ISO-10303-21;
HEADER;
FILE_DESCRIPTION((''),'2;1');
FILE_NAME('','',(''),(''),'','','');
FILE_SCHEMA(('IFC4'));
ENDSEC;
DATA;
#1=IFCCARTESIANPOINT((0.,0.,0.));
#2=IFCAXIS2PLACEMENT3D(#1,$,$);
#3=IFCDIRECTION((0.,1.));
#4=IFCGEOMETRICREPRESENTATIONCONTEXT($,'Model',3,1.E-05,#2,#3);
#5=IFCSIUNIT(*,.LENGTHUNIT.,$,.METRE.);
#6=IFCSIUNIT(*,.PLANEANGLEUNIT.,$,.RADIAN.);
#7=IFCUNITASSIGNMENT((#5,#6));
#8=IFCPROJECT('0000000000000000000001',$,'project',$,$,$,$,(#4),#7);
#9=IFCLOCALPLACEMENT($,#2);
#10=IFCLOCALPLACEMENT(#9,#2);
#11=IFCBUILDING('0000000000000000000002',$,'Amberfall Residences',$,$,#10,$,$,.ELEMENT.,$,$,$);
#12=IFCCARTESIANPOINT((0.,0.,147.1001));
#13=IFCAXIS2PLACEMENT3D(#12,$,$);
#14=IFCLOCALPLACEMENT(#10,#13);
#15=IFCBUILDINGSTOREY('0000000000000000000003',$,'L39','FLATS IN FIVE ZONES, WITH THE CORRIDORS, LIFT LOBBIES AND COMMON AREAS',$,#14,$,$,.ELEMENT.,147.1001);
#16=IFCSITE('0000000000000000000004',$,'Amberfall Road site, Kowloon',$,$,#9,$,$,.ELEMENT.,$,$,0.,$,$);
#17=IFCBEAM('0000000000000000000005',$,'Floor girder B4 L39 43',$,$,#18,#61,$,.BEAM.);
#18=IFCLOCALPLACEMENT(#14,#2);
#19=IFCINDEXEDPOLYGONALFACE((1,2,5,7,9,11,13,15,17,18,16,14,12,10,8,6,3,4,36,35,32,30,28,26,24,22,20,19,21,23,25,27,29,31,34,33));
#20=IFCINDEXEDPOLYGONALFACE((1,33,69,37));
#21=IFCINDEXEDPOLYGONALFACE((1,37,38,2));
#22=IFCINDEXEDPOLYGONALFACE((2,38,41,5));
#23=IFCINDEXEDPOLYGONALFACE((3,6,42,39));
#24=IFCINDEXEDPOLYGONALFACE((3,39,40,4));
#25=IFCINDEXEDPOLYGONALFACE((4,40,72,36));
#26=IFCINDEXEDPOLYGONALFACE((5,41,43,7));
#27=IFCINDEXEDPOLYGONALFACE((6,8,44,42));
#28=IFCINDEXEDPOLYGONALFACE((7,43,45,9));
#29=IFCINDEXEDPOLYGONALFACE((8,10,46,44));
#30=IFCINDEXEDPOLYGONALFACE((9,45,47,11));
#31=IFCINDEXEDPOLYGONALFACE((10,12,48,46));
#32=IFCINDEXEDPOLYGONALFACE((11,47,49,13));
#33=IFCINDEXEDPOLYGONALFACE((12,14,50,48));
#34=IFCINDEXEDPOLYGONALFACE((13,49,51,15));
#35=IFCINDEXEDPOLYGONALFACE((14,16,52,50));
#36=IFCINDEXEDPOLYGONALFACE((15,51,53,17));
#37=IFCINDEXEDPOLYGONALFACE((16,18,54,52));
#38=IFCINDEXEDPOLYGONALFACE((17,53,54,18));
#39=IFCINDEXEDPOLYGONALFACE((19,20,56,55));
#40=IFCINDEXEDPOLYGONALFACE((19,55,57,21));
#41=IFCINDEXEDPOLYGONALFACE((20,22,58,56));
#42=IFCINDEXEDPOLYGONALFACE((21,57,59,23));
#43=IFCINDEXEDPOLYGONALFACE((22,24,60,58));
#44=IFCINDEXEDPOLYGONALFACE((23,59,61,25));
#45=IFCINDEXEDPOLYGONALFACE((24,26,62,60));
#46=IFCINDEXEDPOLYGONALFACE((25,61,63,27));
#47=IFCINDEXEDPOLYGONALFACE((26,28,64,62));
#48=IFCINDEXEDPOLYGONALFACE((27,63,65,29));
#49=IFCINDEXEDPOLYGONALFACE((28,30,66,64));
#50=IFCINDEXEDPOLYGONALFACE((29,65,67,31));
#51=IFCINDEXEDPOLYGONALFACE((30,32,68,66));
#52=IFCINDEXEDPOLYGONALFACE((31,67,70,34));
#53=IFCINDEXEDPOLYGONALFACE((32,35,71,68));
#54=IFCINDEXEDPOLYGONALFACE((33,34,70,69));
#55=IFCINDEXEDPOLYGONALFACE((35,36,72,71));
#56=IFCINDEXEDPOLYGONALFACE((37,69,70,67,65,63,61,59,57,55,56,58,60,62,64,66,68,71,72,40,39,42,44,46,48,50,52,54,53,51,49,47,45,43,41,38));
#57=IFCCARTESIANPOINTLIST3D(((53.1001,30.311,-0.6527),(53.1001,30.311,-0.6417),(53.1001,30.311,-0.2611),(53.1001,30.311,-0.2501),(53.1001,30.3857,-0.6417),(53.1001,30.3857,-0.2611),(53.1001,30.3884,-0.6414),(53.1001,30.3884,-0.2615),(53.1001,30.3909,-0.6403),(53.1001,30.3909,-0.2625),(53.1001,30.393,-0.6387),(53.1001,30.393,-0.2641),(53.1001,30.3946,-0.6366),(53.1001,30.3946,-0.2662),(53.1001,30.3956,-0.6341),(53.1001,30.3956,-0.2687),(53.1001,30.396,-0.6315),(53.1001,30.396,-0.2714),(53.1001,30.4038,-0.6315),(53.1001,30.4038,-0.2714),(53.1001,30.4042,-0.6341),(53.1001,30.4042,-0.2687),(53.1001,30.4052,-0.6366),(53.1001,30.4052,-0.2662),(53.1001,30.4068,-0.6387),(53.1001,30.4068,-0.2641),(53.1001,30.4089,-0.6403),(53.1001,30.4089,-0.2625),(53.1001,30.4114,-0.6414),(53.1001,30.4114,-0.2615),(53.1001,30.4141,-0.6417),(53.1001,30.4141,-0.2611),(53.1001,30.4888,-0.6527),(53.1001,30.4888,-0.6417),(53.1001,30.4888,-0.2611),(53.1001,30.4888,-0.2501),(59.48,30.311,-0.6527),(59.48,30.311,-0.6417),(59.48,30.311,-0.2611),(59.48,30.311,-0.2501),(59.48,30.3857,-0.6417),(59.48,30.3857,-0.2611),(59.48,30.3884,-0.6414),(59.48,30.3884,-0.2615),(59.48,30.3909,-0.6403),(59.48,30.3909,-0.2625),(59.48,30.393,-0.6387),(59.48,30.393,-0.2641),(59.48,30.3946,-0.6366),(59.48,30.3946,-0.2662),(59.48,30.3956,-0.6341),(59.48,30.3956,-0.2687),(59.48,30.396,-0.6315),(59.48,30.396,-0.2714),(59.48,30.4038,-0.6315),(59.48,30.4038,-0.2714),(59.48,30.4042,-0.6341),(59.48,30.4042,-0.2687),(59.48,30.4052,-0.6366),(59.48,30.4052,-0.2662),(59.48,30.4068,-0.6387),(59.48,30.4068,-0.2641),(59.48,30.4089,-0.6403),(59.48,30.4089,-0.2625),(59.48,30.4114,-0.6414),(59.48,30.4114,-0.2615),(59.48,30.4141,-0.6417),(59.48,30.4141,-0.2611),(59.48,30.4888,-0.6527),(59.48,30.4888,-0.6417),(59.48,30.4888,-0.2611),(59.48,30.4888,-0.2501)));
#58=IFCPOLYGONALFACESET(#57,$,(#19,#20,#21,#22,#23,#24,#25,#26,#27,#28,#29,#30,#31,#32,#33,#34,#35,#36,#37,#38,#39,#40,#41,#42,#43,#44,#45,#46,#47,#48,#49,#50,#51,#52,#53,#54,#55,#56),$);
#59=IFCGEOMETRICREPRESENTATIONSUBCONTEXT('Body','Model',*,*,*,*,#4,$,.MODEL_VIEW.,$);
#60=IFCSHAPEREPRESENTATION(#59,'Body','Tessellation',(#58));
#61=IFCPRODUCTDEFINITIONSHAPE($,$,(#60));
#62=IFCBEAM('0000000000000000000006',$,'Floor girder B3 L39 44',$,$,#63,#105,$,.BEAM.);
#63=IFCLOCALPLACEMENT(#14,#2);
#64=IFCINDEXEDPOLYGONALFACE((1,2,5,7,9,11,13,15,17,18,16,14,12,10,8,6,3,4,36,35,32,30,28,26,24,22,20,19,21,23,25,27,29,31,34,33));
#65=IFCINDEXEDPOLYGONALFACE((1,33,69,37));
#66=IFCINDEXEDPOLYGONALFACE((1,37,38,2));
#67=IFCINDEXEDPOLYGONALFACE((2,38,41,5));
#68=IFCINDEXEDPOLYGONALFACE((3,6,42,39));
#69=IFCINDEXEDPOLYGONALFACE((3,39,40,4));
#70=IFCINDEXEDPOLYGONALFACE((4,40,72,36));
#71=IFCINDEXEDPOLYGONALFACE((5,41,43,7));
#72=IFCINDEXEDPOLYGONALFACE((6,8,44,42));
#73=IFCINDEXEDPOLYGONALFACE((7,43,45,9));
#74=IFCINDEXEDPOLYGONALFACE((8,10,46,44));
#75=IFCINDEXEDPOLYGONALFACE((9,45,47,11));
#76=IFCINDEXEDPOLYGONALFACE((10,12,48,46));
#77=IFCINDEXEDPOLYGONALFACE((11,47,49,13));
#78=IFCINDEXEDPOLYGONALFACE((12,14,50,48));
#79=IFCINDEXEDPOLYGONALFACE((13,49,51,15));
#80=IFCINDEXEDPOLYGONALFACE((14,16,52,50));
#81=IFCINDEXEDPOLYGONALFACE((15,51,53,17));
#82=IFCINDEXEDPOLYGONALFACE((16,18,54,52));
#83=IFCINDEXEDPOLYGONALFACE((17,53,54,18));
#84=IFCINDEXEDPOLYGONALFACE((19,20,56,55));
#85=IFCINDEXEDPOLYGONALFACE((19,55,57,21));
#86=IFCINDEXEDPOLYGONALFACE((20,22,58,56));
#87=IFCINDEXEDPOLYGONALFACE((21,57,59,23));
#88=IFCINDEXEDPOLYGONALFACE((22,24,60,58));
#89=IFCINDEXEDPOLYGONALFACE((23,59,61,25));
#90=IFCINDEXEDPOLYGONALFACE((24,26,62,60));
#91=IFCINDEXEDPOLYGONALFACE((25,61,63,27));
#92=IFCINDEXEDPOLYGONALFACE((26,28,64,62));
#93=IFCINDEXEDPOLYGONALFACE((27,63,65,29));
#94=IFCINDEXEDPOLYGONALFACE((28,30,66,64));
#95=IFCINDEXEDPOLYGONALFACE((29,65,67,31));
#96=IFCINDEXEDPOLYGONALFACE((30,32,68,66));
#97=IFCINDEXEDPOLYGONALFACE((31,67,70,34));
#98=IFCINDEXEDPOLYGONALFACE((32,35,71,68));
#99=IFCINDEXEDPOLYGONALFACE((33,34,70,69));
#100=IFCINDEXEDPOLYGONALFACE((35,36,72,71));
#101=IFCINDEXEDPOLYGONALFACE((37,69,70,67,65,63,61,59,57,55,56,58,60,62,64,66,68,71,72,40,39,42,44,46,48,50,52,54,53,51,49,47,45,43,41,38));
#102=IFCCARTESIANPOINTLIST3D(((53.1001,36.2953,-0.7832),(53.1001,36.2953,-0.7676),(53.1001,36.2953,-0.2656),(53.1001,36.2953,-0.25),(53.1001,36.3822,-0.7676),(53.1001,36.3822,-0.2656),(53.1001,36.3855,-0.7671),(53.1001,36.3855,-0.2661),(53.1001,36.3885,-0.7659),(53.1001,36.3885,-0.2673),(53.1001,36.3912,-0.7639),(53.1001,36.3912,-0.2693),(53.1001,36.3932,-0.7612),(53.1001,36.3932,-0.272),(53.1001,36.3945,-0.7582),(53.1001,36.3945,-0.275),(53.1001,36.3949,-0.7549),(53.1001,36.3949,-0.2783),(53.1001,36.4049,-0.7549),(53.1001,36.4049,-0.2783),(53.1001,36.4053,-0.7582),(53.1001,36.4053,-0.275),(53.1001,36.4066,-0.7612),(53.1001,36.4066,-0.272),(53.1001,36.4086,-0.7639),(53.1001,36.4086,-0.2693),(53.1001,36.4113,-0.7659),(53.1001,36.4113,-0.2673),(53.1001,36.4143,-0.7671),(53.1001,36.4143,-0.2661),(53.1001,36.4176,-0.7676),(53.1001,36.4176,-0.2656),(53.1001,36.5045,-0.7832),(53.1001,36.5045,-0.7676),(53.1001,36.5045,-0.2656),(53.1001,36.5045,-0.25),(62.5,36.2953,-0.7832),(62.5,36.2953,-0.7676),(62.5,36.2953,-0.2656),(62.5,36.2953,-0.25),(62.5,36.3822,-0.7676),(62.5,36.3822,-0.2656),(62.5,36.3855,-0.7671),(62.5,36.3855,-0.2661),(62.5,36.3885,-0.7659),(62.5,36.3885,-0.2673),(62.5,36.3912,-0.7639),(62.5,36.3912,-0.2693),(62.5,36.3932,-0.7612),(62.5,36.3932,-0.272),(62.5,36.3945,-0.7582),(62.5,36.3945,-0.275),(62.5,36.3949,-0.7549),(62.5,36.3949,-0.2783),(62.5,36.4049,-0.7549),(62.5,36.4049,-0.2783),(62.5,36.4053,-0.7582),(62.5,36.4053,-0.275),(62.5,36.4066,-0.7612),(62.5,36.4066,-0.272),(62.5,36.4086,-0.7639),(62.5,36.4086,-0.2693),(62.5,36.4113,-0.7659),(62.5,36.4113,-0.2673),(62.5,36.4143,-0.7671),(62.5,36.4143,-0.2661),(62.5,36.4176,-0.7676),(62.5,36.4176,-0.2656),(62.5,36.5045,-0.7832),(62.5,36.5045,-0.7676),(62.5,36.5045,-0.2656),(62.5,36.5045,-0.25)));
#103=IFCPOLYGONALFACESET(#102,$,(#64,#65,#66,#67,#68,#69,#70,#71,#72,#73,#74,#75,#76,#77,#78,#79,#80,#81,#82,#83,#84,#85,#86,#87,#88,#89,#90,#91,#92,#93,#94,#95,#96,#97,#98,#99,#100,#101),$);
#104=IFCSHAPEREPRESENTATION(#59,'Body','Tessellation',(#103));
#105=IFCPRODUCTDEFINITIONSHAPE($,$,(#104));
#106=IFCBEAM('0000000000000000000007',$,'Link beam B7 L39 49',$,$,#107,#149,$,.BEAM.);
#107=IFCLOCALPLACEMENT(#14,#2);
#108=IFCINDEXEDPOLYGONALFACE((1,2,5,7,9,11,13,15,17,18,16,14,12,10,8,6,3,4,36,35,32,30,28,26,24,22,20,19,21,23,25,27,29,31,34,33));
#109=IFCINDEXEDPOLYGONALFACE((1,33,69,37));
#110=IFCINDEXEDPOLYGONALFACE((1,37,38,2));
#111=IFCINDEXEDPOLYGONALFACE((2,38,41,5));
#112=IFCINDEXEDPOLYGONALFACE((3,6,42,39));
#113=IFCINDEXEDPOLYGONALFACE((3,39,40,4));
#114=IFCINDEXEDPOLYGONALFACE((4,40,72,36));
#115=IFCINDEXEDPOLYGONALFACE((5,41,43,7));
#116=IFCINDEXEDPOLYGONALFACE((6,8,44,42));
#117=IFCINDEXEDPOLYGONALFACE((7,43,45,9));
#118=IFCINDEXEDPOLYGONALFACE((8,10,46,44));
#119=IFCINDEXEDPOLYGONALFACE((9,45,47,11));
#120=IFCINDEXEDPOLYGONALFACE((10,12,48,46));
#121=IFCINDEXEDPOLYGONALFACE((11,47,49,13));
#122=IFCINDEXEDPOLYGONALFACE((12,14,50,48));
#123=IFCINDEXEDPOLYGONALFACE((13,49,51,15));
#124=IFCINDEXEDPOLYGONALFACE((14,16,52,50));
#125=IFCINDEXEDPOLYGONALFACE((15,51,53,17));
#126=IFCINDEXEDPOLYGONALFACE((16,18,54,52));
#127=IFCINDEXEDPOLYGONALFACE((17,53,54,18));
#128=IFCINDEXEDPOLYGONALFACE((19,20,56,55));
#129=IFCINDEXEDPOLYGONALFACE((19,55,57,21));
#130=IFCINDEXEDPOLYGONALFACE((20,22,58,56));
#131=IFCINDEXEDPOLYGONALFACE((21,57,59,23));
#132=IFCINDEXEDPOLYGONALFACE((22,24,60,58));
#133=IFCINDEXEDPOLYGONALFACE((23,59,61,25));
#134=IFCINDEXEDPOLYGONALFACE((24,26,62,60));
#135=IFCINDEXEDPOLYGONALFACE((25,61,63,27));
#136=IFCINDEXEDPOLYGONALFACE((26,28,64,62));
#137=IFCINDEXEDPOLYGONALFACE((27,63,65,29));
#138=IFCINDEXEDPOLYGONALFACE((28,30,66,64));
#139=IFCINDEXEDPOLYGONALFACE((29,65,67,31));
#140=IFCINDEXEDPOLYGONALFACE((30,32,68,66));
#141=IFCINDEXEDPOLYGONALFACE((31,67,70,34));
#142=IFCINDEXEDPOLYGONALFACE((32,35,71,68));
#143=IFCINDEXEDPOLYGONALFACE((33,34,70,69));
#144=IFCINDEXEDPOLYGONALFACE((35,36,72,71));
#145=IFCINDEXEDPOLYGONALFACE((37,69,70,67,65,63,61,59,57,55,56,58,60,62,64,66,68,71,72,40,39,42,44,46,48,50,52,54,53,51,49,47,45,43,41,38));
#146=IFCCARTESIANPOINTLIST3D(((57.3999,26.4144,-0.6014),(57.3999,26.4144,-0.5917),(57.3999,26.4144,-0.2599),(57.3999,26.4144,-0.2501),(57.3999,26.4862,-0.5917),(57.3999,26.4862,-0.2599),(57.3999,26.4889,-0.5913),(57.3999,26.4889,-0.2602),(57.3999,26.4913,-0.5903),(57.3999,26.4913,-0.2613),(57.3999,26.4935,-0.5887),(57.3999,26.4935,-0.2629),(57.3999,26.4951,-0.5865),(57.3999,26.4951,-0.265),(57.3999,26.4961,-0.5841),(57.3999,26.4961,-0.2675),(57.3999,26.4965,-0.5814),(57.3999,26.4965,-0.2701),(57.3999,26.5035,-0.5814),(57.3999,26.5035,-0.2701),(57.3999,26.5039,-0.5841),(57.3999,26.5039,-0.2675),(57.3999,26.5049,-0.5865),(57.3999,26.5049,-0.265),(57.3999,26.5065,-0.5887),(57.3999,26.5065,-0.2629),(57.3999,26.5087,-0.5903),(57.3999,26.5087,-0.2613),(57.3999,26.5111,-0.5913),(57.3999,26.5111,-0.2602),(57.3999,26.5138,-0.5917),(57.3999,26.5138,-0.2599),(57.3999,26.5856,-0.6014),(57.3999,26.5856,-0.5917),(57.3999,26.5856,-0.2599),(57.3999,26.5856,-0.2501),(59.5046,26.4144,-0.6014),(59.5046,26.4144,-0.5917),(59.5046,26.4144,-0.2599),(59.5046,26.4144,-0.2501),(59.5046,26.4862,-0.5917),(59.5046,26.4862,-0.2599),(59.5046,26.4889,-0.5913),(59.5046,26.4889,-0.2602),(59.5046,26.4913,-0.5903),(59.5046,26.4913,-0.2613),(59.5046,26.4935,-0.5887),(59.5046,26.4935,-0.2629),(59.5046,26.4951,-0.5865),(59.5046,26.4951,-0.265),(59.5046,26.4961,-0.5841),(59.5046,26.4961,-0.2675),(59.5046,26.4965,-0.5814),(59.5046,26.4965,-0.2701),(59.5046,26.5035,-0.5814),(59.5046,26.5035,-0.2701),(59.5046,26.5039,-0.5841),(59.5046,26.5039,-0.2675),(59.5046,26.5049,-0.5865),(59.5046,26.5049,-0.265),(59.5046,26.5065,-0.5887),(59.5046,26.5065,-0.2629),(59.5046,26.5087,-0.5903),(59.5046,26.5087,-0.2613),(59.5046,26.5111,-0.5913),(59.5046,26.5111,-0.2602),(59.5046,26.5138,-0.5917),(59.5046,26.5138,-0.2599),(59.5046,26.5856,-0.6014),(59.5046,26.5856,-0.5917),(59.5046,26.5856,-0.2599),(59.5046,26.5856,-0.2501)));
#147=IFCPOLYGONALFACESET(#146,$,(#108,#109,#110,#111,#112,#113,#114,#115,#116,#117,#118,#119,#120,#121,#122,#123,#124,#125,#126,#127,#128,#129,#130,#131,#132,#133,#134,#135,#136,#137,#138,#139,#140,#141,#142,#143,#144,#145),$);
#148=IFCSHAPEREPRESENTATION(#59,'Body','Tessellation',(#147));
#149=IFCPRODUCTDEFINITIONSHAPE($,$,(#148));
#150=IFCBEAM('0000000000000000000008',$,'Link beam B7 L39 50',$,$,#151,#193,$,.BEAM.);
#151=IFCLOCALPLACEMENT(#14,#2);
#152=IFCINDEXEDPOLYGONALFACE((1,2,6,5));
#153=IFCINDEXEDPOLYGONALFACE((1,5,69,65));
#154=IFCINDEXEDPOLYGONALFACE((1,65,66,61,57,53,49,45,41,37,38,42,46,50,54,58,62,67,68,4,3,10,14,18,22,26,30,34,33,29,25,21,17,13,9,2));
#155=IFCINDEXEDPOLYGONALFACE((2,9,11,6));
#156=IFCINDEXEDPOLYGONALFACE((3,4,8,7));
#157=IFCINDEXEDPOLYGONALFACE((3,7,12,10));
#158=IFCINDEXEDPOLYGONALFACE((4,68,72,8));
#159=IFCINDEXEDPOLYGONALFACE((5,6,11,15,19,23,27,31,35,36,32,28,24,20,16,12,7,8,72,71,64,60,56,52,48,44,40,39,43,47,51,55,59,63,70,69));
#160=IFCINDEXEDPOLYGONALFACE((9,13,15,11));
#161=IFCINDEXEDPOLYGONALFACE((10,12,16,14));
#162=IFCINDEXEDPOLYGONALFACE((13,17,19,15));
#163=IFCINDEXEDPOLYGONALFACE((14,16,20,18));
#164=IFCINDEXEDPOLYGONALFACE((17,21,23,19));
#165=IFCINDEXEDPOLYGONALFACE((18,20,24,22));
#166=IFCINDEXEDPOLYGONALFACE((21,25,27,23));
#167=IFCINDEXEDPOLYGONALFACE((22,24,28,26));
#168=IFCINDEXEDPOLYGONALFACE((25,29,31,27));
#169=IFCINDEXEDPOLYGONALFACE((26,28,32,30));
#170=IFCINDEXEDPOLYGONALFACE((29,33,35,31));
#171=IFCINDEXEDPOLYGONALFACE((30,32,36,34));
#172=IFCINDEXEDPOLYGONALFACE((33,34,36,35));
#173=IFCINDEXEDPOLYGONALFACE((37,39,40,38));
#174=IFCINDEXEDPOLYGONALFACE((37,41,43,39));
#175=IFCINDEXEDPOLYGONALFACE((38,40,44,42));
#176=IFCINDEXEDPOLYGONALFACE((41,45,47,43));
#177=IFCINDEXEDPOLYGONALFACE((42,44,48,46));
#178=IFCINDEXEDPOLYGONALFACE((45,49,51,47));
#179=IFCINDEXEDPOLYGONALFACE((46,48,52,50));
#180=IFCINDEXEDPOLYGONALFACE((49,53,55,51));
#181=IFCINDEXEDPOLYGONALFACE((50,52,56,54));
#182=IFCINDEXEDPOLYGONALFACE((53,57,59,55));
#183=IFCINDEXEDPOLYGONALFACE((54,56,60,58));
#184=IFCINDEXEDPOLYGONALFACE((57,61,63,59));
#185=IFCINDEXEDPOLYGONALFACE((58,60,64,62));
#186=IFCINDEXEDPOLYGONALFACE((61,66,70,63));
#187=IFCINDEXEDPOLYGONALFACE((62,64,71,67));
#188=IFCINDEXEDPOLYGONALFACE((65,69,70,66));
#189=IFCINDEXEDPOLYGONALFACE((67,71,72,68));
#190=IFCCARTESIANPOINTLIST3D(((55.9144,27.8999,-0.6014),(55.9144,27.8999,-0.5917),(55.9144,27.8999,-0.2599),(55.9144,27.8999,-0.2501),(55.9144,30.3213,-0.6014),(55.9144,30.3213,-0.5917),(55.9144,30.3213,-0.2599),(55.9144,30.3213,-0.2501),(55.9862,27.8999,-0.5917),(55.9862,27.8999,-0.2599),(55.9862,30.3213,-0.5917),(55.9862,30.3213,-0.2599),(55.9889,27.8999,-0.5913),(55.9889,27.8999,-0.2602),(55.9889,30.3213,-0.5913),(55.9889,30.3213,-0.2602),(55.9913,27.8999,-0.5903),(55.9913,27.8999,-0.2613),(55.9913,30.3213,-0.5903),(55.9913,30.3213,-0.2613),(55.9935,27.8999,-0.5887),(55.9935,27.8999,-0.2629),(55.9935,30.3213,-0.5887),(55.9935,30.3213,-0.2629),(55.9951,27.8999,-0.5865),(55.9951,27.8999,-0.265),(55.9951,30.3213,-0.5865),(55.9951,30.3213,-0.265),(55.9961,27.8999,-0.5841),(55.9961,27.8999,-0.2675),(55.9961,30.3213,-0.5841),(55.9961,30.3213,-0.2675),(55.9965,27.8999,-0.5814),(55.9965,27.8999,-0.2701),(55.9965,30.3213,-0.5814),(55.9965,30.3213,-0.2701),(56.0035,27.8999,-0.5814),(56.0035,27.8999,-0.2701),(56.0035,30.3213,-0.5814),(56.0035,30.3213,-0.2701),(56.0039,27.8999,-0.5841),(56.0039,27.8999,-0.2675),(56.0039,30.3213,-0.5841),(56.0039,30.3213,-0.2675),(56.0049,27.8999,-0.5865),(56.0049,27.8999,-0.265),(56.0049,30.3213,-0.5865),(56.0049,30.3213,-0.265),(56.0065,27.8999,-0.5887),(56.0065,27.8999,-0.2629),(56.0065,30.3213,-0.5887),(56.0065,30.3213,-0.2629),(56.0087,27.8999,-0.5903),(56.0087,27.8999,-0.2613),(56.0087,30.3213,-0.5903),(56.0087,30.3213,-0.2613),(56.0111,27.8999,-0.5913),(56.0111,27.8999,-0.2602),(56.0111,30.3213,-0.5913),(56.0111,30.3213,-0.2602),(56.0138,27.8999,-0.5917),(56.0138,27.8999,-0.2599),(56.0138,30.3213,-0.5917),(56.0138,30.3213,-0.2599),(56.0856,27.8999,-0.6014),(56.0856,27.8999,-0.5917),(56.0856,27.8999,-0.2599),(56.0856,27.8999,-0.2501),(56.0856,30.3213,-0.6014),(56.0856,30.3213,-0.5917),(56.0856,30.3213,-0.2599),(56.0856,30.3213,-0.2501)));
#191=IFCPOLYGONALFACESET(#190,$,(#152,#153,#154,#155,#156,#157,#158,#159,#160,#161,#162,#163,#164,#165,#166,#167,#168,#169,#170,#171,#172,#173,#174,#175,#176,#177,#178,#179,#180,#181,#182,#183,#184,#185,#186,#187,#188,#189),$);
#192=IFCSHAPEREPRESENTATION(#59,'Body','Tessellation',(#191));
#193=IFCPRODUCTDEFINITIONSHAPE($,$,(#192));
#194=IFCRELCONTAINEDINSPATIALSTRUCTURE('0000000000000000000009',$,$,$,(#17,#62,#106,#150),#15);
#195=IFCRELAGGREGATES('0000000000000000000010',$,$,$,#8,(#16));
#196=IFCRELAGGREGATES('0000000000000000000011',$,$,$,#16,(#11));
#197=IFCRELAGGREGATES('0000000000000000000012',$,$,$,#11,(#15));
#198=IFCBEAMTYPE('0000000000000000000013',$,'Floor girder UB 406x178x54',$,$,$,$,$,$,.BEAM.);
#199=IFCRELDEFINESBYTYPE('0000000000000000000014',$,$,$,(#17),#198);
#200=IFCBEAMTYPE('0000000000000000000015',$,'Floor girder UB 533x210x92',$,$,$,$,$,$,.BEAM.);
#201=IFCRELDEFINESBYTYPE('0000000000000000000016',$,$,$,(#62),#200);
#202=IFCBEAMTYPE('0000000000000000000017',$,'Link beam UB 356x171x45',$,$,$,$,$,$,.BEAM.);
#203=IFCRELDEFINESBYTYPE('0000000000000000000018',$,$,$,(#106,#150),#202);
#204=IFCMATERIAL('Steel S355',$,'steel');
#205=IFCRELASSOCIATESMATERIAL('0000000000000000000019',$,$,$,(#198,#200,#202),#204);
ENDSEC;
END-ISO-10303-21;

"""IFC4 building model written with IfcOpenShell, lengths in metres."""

from ifc_helpers import new_model, si_unit, direction, frame, origin, origin_2d, place, context, subcontext, project, spatial, i_section, extrude, material, material_profile, profile_set, type_object, element, save


model = new_model("IFC4")

# Units and contexts
model_context = context("Model", 3, precision=1e-05, world=origin(), true_north=direction((0.0, 1.0)))
body_context = subcontext(model_context, "Body", "Model", "MODEL_VIEW")
ifc_project = project(units=[si_unit("LENGTHUNIT", "METRE"), si_unit("PLANEANGLEUNIT", "RADIAN")], contexts=[model_context])

# Site, building, storey
site_placement = place(None, origin())
site = spatial("IfcSite", under=ifc_project, at=site_placement, Name="Amberfall Road site, Kowloon", CompositionType="ELEMENT", RefElevation=0.0)
building_placement = place(site_placement, origin())
building = spatial("IfcBuilding", under=site, at=building_placement, Name="Amberfall Residences", CompositionType="ELEMENT")
storey_placement = place(building_placement, frame((0.0, 0.0, 147.1001)))
storey = spatial("IfcBuildingStorey", under=building, at=storey_placement, Name="L39", Description="FLATS IN FIVE ZONES, WITH THE CORRIDORS, LIFT LOBBIES AND COMMON AREAS", CompositionType="ELEMENT", Elevation=147.1001)

# Beams
ifc_material_1 = material(Name="Steel S355", Category="steel")
ifc_material_profile_1 = material_profile(ifc_material_1, i_section(OverallWidth=0.1777, OverallDepth=0.4026, WebThickness=0.0078, FlangeThickness=0.011, FilletRadius=0.0103, at=origin_2d()), Name="UB 406x178x54")
ifc_profile_set_1 = profile_set([ifc_material_profile_1], Name="Steel S355")
beam_type_1 = type_object("IfcBeamType", Name="Floor girder UB 406x178x54", PredefinedType="BEAM", material=ifc_profile_set_1)
beam_1_placement = place(storey_placement, frame((53.1001, 30.3999, -0.4514), z_axis=(1.0, 0.0, 0.0), x_axis=(0.0, 1.0, 0.0)))
element("IfcBeam", 1, at=beam_1_placement, inside=storey, type_object=beam_type_1, Name="Floor girder B4 L39 43", PredefinedType="BEAM", context=body_context, shape_type="SweptSolid", body=[
    extrude(i_section(OverallWidth=0.1777, OverallDepth=0.4026, WebThickness=0.0078, FlangeThickness=0.011, FilletRadius=0.0103, at=origin_2d()), origin(), (0.0, 0.0, 1.0), 6.3799),
])
ifc_material_profile_2 = material_profile(ifc_material_1, i_section(OverallWidth=0.2092, OverallDepth=0.5332, WebThickness=0.01, FlangeThickness=0.0156, FilletRadius=0.0127, at=origin_2d()), Name="UB 533x210x92")
ifc_profile_set_2 = profile_set([ifc_material_profile_2], Name="Steel S355")
beam_type_2 = type_object("IfcBeamType", Name="Floor girder UB 533x210x92", PredefinedType="BEAM", material=ifc_profile_set_2)
beam_2_placement = place(storey_placement, frame((53.1001, 36.3999, -0.5166), z_axis=(1.0, 0.0, 0.0), x_axis=(0.0, 1.0, 0.0)))
element("IfcBeam", 2, at=beam_2_placement, inside=storey, type_object=beam_type_2, Name="Floor girder B3 L39 44", PredefinedType="BEAM", context=body_context, shape_type="SweptSolid", body=[
    extrude(i_section(OverallWidth=0.2092, OverallDepth=0.5332, WebThickness=0.01, FlangeThickness=0.0156, FilletRadius=0.0127, at=origin_2d()), origin(), (0.0, 0.0, 1.0), 9.3999),
])
ifc_material_profile_3 = material_profile(ifc_material_1, i_section(OverallWidth=0.1711, OverallDepth=0.3513, WebThickness=0.0071, FlangeThickness=0.0098, FilletRadius=0.0103, at=origin_2d()), Name="UB 356x171x45")
ifc_profile_set_3 = profile_set([ifc_material_profile_3], Name="Steel S355")
beam_type_3 = type_object("IfcBeamType", Name="Link beam UB 356x171x45", PredefinedType="BEAM", material=ifc_profile_set_3)
beam_3_placement = place(storey_placement, frame((57.3999, 26.5, -0.4258), z_axis=(1.0, 0.0, 0.0), x_axis=(0.0, 1.0, 0.0)))
element("IfcBeam", 3, at=beam_3_placement, inside=storey, type_object=beam_type_3, Name="Link beam B7 L39 49", PredefinedType="BEAM", context=body_context, shape_type="SweptSolid", body=[
    extrude(i_section(OverallWidth=0.1711, OverallDepth=0.3513, WebThickness=0.0071, FlangeThickness=0.0098, FilletRadius=0.0103, at=origin_2d()), origin(), (0.0, 0.0, 1.0), 2.1047),
])
beam_4_placement = place(storey_placement, frame((56.0, 27.8999, -0.4258), z_axis=(0.0, 1.0, 0.0), x_axis=(-1.0, 0.0, 0.0)))
element("IfcBeam", 4, at=beam_4_placement, inside=storey, type_object=beam_type_3, Name="Link beam B7 L39 50", PredefinedType="BEAM", context=body_context, shape_type="SweptSolid", body=[
    extrude(i_section(OverallWidth=0.1711, OverallDepth=0.3513, WebThickness=0.0071, FlangeThickness=0.0098, FilletRadius=0.0103, at=origin_2d()), origin(), (0.0, 0.0, 1.0), 2.4214),
])

save(model, "model.ifc")
